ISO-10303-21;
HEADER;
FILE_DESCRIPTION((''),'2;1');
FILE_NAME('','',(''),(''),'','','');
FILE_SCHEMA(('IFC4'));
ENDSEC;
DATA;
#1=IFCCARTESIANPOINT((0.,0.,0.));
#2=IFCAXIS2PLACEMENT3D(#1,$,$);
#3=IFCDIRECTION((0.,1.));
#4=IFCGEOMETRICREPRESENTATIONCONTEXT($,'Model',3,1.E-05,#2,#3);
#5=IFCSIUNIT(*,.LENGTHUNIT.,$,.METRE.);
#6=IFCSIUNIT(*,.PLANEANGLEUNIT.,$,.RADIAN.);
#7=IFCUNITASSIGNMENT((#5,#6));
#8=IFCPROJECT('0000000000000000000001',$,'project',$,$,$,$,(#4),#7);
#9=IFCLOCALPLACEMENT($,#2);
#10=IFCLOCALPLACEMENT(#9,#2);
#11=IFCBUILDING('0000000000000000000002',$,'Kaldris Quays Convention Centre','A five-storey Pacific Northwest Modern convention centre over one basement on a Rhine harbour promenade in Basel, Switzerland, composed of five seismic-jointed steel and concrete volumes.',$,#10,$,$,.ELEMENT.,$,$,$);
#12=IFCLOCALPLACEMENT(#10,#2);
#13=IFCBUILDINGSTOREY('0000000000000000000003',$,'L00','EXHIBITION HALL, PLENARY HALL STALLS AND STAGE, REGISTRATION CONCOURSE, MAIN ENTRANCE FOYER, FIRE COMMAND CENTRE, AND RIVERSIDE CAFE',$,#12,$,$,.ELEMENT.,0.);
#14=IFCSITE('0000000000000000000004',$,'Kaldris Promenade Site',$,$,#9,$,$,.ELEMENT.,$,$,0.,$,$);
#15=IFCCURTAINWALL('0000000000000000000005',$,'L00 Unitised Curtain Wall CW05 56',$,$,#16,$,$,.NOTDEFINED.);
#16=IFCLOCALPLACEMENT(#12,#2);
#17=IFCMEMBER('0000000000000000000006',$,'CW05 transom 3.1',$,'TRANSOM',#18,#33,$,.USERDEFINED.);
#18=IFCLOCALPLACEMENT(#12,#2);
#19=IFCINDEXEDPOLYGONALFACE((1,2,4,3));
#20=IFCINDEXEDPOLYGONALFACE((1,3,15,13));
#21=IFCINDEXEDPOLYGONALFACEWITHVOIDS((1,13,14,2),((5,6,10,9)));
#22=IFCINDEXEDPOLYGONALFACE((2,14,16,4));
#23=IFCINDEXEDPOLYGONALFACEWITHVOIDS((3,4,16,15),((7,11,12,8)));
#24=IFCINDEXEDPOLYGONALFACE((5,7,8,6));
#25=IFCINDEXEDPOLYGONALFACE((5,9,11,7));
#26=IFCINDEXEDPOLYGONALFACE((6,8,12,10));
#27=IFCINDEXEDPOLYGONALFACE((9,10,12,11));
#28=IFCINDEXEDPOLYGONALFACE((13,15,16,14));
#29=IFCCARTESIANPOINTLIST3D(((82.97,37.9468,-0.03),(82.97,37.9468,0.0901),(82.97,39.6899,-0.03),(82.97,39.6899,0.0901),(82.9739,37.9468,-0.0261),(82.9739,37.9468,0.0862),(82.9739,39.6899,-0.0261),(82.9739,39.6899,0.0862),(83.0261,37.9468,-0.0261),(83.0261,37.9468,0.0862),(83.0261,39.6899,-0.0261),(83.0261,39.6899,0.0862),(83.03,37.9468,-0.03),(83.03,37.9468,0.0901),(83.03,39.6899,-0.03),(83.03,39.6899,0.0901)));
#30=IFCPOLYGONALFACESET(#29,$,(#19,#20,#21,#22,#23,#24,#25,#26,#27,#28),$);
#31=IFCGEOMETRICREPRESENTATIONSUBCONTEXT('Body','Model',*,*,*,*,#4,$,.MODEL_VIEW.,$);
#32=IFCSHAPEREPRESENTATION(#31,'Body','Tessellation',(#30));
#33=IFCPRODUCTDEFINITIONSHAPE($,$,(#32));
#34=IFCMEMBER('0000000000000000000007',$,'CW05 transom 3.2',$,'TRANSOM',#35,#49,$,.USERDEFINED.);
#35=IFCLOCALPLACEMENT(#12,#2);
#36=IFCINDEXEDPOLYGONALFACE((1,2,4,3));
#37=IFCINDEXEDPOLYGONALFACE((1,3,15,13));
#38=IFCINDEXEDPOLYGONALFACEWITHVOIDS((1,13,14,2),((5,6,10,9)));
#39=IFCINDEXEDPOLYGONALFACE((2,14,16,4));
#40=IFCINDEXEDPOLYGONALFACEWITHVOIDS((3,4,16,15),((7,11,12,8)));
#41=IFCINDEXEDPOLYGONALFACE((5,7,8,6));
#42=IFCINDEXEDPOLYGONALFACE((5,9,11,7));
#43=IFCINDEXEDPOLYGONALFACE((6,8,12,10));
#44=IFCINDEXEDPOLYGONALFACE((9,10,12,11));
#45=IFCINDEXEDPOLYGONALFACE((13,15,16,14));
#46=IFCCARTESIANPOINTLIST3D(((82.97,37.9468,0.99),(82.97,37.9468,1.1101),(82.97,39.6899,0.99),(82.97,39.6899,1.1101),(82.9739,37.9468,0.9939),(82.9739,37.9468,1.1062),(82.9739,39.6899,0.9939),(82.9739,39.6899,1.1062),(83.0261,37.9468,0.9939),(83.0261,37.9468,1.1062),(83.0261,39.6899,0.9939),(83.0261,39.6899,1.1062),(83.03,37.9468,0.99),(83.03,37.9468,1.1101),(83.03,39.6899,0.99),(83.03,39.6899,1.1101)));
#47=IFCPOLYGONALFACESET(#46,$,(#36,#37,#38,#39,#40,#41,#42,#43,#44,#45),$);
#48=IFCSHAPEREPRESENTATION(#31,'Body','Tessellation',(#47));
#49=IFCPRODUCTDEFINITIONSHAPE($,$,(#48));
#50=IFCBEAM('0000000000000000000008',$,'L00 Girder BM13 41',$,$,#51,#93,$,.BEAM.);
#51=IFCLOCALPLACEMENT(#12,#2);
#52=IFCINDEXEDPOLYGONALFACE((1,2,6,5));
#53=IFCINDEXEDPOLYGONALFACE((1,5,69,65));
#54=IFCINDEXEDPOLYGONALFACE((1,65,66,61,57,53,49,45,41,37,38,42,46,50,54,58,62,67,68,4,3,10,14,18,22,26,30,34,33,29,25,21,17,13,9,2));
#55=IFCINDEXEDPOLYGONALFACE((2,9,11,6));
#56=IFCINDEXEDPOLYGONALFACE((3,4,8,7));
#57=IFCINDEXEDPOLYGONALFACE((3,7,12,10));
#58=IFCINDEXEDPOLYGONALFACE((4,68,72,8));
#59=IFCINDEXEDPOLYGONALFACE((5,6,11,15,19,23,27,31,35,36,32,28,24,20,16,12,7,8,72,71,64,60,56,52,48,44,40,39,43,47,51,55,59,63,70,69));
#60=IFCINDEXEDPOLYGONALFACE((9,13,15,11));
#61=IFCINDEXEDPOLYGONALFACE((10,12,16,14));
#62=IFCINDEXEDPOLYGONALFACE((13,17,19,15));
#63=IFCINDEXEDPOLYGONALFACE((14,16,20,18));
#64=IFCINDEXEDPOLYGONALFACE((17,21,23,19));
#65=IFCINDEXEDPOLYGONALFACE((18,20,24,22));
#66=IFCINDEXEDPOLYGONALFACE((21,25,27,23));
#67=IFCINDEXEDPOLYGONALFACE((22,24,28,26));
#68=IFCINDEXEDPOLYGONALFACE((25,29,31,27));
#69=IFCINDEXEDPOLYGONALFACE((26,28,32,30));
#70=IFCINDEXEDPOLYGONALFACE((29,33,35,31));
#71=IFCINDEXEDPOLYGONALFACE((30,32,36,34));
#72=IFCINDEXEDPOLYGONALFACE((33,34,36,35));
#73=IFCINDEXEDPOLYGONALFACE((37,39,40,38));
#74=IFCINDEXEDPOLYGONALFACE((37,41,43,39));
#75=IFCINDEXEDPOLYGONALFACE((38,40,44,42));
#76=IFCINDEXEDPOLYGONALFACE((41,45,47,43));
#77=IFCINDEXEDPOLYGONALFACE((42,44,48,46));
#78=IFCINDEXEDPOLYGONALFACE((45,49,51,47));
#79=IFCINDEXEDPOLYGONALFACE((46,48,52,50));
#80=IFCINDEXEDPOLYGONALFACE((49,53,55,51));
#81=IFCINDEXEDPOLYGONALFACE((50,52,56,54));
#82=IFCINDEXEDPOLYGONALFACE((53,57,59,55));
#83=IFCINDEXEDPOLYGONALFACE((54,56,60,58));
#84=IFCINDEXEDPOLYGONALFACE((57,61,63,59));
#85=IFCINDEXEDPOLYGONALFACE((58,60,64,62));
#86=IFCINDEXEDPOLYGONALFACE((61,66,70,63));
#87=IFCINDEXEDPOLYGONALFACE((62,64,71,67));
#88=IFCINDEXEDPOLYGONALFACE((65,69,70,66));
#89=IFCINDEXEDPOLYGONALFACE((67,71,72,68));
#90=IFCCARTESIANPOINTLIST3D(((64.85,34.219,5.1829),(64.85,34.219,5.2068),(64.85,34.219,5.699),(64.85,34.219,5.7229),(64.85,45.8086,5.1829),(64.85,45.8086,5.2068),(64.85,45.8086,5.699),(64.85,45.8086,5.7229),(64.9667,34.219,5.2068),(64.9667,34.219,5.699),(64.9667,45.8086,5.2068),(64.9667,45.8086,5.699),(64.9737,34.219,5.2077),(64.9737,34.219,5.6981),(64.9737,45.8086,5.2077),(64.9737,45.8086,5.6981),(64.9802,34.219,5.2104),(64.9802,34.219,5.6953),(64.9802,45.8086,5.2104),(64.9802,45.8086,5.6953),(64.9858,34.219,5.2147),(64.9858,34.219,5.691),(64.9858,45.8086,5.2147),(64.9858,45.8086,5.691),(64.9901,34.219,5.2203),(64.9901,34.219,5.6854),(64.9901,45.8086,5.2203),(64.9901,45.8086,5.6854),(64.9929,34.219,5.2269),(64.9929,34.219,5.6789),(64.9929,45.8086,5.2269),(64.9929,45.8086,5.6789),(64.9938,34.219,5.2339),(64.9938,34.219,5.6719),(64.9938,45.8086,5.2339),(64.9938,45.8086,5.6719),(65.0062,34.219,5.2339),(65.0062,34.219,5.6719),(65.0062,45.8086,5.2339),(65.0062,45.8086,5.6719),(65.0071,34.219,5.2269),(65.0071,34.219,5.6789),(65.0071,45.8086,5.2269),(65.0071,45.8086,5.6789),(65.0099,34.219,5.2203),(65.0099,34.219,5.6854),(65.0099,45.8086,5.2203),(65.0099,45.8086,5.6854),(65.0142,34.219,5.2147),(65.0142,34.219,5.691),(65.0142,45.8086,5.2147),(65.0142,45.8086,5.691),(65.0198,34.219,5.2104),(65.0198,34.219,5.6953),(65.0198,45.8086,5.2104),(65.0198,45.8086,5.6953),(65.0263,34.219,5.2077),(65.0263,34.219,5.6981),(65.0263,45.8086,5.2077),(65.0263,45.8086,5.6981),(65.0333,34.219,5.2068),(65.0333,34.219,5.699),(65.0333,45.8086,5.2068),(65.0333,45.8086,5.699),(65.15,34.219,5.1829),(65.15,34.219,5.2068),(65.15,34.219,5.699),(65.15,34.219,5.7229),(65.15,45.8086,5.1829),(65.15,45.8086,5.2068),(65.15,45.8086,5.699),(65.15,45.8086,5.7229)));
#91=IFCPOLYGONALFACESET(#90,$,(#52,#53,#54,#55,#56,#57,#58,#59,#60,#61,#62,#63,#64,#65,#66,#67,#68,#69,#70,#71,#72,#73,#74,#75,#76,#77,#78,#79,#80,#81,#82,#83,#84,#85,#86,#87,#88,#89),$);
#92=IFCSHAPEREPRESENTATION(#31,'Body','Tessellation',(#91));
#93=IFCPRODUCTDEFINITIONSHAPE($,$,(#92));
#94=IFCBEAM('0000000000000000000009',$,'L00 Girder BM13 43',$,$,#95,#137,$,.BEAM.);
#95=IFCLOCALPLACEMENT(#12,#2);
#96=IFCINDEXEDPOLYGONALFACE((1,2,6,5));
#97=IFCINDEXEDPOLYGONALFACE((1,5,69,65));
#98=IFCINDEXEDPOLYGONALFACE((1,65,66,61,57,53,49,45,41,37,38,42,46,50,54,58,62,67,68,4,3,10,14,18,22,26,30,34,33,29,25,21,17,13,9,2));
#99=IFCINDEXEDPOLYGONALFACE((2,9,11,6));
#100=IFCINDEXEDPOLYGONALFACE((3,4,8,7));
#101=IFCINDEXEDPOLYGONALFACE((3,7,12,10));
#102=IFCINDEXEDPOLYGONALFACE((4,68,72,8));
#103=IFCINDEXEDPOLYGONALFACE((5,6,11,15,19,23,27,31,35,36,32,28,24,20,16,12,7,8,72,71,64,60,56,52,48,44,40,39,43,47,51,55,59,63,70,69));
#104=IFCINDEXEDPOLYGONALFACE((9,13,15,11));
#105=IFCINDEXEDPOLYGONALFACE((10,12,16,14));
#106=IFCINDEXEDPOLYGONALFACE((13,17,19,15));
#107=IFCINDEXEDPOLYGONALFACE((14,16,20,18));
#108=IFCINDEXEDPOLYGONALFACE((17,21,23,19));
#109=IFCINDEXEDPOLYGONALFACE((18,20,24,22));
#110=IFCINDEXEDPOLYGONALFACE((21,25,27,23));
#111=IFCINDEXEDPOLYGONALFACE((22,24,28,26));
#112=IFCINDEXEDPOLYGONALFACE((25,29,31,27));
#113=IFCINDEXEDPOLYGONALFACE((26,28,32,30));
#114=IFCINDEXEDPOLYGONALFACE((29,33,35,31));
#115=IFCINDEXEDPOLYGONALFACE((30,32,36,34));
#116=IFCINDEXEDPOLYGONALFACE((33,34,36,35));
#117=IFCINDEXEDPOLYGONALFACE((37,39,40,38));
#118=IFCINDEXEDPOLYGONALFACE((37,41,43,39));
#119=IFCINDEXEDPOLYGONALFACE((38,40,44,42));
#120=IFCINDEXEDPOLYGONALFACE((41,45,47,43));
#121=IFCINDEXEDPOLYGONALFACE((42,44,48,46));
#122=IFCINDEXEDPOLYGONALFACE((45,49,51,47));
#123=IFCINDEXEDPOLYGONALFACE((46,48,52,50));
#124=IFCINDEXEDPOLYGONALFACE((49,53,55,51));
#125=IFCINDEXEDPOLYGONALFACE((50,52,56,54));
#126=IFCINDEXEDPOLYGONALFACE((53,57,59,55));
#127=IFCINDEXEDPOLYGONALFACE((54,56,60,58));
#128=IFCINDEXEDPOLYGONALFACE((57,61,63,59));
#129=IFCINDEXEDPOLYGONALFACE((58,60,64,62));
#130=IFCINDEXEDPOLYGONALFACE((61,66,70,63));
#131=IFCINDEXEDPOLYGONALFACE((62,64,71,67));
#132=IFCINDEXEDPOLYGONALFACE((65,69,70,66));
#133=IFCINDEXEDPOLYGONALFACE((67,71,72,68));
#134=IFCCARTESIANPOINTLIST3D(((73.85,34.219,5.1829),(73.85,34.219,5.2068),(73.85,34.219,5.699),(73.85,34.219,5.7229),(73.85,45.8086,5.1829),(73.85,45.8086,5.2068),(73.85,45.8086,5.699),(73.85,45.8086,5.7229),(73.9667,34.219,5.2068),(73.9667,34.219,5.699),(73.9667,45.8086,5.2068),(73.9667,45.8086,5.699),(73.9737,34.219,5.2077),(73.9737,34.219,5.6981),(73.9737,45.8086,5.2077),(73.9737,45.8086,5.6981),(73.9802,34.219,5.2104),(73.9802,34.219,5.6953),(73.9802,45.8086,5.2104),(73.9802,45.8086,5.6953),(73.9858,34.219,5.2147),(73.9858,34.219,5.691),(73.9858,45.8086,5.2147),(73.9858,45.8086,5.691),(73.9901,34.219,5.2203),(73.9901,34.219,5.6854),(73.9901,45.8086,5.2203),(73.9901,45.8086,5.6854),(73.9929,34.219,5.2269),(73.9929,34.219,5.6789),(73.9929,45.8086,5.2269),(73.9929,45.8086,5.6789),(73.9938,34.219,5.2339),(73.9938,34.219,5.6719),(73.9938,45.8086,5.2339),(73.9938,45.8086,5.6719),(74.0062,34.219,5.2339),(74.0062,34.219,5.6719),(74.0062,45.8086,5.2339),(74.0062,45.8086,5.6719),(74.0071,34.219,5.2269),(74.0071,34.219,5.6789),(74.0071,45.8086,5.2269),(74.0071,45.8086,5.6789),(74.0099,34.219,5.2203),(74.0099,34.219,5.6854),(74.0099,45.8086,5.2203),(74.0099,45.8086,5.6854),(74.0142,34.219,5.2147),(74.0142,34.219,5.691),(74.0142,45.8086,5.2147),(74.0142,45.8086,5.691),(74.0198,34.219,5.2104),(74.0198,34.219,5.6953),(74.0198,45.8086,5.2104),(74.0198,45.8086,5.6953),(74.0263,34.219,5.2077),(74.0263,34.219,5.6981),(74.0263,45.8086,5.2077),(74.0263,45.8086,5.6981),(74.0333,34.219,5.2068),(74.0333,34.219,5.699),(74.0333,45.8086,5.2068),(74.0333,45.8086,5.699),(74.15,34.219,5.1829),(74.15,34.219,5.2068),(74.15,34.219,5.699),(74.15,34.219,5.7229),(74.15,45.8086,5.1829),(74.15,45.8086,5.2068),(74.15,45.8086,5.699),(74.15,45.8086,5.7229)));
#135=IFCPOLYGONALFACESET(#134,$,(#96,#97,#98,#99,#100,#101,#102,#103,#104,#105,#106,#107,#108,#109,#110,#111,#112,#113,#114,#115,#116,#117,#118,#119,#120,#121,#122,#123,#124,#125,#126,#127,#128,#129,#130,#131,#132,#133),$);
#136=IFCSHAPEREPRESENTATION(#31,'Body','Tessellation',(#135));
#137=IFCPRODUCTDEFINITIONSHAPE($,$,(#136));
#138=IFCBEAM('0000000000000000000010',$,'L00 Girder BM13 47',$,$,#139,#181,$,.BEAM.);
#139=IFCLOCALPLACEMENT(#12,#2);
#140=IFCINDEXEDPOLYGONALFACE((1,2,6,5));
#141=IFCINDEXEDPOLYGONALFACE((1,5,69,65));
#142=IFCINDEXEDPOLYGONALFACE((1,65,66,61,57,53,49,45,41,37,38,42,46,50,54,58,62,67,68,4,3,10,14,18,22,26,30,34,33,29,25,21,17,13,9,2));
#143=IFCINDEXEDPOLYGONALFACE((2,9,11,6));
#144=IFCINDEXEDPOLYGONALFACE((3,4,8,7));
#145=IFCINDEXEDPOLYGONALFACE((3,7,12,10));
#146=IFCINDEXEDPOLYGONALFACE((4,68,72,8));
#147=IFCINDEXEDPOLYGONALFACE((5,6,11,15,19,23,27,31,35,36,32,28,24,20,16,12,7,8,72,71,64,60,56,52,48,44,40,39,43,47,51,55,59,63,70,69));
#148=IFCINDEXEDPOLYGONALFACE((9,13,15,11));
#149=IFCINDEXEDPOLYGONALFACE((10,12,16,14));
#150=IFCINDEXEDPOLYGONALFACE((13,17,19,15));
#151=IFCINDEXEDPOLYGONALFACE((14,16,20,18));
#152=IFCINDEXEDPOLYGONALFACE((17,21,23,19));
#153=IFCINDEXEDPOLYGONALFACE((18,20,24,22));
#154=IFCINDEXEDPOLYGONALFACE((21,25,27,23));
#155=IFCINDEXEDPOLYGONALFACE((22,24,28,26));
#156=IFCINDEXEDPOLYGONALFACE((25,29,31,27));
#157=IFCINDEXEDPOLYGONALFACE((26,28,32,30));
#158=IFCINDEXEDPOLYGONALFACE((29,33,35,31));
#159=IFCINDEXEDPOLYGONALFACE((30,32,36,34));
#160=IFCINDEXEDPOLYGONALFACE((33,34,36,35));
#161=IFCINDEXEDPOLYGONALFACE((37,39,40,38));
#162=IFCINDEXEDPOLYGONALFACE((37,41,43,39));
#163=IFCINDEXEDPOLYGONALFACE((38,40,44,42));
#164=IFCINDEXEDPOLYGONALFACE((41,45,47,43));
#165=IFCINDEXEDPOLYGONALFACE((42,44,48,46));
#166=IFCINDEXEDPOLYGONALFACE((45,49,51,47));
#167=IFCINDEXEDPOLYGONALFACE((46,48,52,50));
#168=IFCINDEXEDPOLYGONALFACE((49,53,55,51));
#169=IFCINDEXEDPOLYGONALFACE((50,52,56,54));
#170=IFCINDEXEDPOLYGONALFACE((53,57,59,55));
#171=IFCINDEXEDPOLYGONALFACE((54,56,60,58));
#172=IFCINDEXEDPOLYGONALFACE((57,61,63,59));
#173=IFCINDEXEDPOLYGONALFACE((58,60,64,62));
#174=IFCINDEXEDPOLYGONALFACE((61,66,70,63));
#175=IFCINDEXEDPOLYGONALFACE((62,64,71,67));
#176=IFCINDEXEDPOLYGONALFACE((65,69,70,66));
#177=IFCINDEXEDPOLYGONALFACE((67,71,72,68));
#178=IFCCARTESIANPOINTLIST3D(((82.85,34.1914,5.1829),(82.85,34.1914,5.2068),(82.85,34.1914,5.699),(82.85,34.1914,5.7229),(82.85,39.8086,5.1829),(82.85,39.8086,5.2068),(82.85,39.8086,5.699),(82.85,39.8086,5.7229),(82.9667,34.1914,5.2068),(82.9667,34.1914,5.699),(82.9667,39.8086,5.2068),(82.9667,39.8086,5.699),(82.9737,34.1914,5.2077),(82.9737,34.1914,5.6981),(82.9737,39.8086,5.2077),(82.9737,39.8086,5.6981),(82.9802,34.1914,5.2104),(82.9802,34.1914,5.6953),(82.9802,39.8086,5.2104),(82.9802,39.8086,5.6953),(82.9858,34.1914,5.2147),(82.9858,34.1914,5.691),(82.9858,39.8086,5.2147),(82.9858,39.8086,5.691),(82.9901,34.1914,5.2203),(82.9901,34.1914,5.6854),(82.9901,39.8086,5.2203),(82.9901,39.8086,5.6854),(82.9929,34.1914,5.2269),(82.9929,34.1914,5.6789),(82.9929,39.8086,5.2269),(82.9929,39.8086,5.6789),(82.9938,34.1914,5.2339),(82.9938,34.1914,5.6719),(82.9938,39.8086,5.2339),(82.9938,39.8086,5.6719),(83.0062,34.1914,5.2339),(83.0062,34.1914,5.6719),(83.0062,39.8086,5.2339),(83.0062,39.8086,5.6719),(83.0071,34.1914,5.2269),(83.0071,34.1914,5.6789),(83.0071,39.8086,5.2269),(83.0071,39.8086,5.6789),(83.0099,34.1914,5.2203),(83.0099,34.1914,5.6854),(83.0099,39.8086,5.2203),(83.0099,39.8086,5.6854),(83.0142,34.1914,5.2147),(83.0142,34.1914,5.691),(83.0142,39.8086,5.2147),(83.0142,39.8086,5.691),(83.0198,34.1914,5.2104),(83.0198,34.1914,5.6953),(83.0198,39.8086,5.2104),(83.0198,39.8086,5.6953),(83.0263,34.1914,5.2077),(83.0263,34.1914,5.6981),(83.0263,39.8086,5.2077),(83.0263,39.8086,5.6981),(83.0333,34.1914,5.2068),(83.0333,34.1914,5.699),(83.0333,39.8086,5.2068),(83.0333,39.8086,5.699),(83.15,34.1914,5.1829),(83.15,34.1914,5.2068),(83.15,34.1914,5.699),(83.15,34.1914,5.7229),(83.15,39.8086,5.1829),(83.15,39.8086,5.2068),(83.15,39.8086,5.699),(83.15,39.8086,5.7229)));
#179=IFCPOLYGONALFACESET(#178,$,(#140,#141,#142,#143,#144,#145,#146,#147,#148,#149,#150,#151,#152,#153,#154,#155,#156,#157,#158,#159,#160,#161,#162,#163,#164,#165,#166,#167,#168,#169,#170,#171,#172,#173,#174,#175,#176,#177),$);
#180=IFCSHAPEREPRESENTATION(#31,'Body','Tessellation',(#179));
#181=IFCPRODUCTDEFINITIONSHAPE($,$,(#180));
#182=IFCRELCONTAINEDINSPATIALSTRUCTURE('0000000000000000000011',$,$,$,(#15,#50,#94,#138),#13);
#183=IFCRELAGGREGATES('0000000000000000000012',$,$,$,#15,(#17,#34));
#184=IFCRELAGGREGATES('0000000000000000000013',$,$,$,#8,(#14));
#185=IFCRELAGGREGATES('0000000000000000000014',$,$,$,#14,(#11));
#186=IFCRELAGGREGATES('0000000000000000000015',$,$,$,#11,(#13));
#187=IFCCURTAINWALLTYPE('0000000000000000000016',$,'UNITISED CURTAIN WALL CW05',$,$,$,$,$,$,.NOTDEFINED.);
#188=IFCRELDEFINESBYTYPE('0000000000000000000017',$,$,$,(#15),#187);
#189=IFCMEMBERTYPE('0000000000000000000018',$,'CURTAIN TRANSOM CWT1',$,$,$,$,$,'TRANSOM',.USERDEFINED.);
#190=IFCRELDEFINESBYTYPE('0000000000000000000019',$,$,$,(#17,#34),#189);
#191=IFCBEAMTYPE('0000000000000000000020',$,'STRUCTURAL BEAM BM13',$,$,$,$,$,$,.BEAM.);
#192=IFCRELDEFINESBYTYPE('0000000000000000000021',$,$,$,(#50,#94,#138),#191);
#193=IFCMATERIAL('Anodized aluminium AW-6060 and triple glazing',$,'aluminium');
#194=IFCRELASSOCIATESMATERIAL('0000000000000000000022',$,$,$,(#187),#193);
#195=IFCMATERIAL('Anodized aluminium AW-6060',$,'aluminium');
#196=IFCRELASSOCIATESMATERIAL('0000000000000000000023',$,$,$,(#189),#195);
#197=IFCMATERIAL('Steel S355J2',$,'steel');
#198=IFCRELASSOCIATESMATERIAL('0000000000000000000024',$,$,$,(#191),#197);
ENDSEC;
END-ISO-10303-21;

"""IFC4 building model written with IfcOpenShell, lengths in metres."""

from ifc_helpers import new_model, si_unit, direction, frame, origin, origin_2d, place, context, subcontext, project, spatial, hollow_rectangle, i_section, extrude, material, material_profile, profile_set, type_object, element, aggregate, save


model = new_model("IFC4")

# Units and contexts
model_context = context("Model", 3, precision=1e-05, world=origin(), true_north=direction((0.0, 1.0)))
body_context = subcontext(model_context, "Body", "Model", "MODEL_VIEW")
ifc_project = project(units=[si_unit("LENGTHUNIT", "METRE"), si_unit("PLANEANGLEUNIT", "RADIAN")], contexts=[model_context])

# Site, building, storey
site_placement = place(None, origin())
site = spatial("IfcSite", under=ifc_project, at=site_placement, Name="Kaldris Promenade Site", CompositionType="ELEMENT", RefElevation=0.0)
building_placement = place(site_placement, origin())
building = spatial("IfcBuilding", under=site, at=building_placement, Name="Kaldris Quays Convention Centre", Description="A five-storey Pacific Northwest Modern convention centre over one basement on a Rhine harbour promenade in Basel, Switzerland, composed of five seismic-jointed steel and concrete volumes.", CompositionType="ELEMENT")
storey_placement = place(building_placement, origin())
storey = spatial("IfcBuildingStorey", under=building, at=storey_placement, Name="L00", Description="EXHIBITION HALL, PLENARY HALL STALLS AND STAGE, REGISTRATION CONCOURSE, MAIN ENTRANCE FOYER, FIRE COMMAND CENTRE, AND RIVERSIDE CAFE", CompositionType="ELEMENT", Elevation=0.0)

# Curtain wall, members
ifc_material_1 = material(Name="Anodized aluminium AW-6060 and triple glazing", Category="aluminium")
curtain_wall_type = type_object("IfcCurtainWallType", Name="UNITISED CURTAIN WALL CW05", PredefinedType="NOTDEFINED", material=ifc_material_1)
curtain_wall_placement = place(storey_placement, origin())
curtain_wall = element("IfcCurtainWall", 1, at=curtain_wall_placement, inside=storey, type_object=curtain_wall_type, Name="L00 Unitised Curtain Wall CW05 56", PredefinedType="NOTDEFINED")
ifc_material_2 = material(Name="Anodized aluminium AW-6060", Category="aluminium")
ifc_material_profile_1 = material_profile(ifc_material_2, hollow_rectangle(XDim=0.0601, YDim=0.1201, WallThickness=0.0039, at=origin_2d()), Name="RHS 120x60x4")
ifc_profile_set_1 = profile_set([ifc_material_profile_1], Name="Anodized aluminium AW-6060")
member_type_1 = type_object("IfcMemberType", Name="CURTAIN TRANSOM CWT1", ElementType="TRANSOM", PredefinedType="USERDEFINED", material=ifc_profile_set_1)
member_1_placement = place(storey_placement, frame((83.0, 37.9468, 0.03), z_axis=(0.0, 1.0, 0.0), x_axis=(-1.0, 0.0, 0.0)))
member_1 = element("IfcMember", 2, at=member_1_placement, type_object=member_type_1, Name="CW05 transom 3.1", ObjectType="TRANSOM", PredefinedType="USERDEFINED", context=body_context, shape_type="SweptSolid", body=[
    extrude(hollow_rectangle(XDim=0.0601, YDim=0.1201, WallThickness=0.0039, at=origin_2d()), origin(), (0.0, 0.0, 1.0), 1.7432),
])
member_2_placement = place(storey_placement, frame((83.0, 37.9468, 1.05), z_axis=(0.0, 1.0, 0.0), x_axis=(-1.0, 0.0, 0.0)))
member_2 = element("IfcMember", 3, at=member_2_placement, type_object=member_type_1, Name="CW05 transom 3.2", ObjectType="TRANSOM", PredefinedType="USERDEFINED", context=body_context, shape_type="SweptSolid", body=[
    extrude(hollow_rectangle(XDim=0.0601, YDim=0.1201, WallThickness=0.0039, at=origin_2d()), origin(), (0.0, 0.0, 1.0), 1.7432),
])

# Beams
ifc_material_3 = material(Name="Steel S355J2", Category="steel")
ifc_material_profile_2 = material_profile(ifc_material_3, i_section(OverallWidth=0.3, OverallDepth=0.54, WebThickness=0.0125, FlangeThickness=0.0239, FilletRadius=0.0271, at=origin_2d()), Name="HEA 550")
ifc_profile_set_2 = profile_set([ifc_material_profile_2], Name="Steel S355J2")
beam_type_1 = type_object("IfcBeamType", Name="STRUCTURAL BEAM BM13", PredefinedType="BEAM", material=ifc_profile_set_2)
for number, where, z_axis, x_axis, name in (
    (4, (65.0, 34.219, 5.4529), (0.0, 1.0, 0.0), (-1.0, 0.0, 0.0), "L00 Girder BM13 41"),
    (5, (74.0, 34.219, 5.4529), (0.0, 1.0, 0.0), (-1.0, 0.0, 0.0), "L00 Girder BM13 43"),
):
    element("IfcBeam", number, at=place(storey_placement, frame(where, z_axis=z_axis, x_axis=x_axis)), inside=storey, type_object=beam_type_1, Name=name, PredefinedType="BEAM", context=body_context, shape_type="SweptSolid", body=[
        extrude(i_section(OverallWidth=0.3, OverallDepth=0.54, WebThickness=0.0125, FlangeThickness=0.0239, FilletRadius=0.0271, at=origin_2d()), origin(), (0.0, 0.0, 1.0), 11.5896),
    ])
beam_1_placement = place(storey_placement, frame((83.0, 34.1914, 5.4529), z_axis=(0.0, 1.0, 0.0), x_axis=(-1.0, 0.0, 0.0)))
element("IfcBeam", 6, at=beam_1_placement, inside=storey, type_object=beam_type_1, Name="L00 Girder BM13 47", PredefinedType="BEAM", context=body_context, shape_type="SweptSolid", body=[
    extrude(i_section(OverallWidth=0.3, OverallDepth=0.54, WebThickness=0.0125, FlangeThickness=0.0239, FilletRadius=0.0271, at=origin_2d()), origin(), (0.0, 0.0, 1.0), 5.6172),
])

aggregate(curtain_wall, [member_1, member_2])

save(model, "model.ifc")
